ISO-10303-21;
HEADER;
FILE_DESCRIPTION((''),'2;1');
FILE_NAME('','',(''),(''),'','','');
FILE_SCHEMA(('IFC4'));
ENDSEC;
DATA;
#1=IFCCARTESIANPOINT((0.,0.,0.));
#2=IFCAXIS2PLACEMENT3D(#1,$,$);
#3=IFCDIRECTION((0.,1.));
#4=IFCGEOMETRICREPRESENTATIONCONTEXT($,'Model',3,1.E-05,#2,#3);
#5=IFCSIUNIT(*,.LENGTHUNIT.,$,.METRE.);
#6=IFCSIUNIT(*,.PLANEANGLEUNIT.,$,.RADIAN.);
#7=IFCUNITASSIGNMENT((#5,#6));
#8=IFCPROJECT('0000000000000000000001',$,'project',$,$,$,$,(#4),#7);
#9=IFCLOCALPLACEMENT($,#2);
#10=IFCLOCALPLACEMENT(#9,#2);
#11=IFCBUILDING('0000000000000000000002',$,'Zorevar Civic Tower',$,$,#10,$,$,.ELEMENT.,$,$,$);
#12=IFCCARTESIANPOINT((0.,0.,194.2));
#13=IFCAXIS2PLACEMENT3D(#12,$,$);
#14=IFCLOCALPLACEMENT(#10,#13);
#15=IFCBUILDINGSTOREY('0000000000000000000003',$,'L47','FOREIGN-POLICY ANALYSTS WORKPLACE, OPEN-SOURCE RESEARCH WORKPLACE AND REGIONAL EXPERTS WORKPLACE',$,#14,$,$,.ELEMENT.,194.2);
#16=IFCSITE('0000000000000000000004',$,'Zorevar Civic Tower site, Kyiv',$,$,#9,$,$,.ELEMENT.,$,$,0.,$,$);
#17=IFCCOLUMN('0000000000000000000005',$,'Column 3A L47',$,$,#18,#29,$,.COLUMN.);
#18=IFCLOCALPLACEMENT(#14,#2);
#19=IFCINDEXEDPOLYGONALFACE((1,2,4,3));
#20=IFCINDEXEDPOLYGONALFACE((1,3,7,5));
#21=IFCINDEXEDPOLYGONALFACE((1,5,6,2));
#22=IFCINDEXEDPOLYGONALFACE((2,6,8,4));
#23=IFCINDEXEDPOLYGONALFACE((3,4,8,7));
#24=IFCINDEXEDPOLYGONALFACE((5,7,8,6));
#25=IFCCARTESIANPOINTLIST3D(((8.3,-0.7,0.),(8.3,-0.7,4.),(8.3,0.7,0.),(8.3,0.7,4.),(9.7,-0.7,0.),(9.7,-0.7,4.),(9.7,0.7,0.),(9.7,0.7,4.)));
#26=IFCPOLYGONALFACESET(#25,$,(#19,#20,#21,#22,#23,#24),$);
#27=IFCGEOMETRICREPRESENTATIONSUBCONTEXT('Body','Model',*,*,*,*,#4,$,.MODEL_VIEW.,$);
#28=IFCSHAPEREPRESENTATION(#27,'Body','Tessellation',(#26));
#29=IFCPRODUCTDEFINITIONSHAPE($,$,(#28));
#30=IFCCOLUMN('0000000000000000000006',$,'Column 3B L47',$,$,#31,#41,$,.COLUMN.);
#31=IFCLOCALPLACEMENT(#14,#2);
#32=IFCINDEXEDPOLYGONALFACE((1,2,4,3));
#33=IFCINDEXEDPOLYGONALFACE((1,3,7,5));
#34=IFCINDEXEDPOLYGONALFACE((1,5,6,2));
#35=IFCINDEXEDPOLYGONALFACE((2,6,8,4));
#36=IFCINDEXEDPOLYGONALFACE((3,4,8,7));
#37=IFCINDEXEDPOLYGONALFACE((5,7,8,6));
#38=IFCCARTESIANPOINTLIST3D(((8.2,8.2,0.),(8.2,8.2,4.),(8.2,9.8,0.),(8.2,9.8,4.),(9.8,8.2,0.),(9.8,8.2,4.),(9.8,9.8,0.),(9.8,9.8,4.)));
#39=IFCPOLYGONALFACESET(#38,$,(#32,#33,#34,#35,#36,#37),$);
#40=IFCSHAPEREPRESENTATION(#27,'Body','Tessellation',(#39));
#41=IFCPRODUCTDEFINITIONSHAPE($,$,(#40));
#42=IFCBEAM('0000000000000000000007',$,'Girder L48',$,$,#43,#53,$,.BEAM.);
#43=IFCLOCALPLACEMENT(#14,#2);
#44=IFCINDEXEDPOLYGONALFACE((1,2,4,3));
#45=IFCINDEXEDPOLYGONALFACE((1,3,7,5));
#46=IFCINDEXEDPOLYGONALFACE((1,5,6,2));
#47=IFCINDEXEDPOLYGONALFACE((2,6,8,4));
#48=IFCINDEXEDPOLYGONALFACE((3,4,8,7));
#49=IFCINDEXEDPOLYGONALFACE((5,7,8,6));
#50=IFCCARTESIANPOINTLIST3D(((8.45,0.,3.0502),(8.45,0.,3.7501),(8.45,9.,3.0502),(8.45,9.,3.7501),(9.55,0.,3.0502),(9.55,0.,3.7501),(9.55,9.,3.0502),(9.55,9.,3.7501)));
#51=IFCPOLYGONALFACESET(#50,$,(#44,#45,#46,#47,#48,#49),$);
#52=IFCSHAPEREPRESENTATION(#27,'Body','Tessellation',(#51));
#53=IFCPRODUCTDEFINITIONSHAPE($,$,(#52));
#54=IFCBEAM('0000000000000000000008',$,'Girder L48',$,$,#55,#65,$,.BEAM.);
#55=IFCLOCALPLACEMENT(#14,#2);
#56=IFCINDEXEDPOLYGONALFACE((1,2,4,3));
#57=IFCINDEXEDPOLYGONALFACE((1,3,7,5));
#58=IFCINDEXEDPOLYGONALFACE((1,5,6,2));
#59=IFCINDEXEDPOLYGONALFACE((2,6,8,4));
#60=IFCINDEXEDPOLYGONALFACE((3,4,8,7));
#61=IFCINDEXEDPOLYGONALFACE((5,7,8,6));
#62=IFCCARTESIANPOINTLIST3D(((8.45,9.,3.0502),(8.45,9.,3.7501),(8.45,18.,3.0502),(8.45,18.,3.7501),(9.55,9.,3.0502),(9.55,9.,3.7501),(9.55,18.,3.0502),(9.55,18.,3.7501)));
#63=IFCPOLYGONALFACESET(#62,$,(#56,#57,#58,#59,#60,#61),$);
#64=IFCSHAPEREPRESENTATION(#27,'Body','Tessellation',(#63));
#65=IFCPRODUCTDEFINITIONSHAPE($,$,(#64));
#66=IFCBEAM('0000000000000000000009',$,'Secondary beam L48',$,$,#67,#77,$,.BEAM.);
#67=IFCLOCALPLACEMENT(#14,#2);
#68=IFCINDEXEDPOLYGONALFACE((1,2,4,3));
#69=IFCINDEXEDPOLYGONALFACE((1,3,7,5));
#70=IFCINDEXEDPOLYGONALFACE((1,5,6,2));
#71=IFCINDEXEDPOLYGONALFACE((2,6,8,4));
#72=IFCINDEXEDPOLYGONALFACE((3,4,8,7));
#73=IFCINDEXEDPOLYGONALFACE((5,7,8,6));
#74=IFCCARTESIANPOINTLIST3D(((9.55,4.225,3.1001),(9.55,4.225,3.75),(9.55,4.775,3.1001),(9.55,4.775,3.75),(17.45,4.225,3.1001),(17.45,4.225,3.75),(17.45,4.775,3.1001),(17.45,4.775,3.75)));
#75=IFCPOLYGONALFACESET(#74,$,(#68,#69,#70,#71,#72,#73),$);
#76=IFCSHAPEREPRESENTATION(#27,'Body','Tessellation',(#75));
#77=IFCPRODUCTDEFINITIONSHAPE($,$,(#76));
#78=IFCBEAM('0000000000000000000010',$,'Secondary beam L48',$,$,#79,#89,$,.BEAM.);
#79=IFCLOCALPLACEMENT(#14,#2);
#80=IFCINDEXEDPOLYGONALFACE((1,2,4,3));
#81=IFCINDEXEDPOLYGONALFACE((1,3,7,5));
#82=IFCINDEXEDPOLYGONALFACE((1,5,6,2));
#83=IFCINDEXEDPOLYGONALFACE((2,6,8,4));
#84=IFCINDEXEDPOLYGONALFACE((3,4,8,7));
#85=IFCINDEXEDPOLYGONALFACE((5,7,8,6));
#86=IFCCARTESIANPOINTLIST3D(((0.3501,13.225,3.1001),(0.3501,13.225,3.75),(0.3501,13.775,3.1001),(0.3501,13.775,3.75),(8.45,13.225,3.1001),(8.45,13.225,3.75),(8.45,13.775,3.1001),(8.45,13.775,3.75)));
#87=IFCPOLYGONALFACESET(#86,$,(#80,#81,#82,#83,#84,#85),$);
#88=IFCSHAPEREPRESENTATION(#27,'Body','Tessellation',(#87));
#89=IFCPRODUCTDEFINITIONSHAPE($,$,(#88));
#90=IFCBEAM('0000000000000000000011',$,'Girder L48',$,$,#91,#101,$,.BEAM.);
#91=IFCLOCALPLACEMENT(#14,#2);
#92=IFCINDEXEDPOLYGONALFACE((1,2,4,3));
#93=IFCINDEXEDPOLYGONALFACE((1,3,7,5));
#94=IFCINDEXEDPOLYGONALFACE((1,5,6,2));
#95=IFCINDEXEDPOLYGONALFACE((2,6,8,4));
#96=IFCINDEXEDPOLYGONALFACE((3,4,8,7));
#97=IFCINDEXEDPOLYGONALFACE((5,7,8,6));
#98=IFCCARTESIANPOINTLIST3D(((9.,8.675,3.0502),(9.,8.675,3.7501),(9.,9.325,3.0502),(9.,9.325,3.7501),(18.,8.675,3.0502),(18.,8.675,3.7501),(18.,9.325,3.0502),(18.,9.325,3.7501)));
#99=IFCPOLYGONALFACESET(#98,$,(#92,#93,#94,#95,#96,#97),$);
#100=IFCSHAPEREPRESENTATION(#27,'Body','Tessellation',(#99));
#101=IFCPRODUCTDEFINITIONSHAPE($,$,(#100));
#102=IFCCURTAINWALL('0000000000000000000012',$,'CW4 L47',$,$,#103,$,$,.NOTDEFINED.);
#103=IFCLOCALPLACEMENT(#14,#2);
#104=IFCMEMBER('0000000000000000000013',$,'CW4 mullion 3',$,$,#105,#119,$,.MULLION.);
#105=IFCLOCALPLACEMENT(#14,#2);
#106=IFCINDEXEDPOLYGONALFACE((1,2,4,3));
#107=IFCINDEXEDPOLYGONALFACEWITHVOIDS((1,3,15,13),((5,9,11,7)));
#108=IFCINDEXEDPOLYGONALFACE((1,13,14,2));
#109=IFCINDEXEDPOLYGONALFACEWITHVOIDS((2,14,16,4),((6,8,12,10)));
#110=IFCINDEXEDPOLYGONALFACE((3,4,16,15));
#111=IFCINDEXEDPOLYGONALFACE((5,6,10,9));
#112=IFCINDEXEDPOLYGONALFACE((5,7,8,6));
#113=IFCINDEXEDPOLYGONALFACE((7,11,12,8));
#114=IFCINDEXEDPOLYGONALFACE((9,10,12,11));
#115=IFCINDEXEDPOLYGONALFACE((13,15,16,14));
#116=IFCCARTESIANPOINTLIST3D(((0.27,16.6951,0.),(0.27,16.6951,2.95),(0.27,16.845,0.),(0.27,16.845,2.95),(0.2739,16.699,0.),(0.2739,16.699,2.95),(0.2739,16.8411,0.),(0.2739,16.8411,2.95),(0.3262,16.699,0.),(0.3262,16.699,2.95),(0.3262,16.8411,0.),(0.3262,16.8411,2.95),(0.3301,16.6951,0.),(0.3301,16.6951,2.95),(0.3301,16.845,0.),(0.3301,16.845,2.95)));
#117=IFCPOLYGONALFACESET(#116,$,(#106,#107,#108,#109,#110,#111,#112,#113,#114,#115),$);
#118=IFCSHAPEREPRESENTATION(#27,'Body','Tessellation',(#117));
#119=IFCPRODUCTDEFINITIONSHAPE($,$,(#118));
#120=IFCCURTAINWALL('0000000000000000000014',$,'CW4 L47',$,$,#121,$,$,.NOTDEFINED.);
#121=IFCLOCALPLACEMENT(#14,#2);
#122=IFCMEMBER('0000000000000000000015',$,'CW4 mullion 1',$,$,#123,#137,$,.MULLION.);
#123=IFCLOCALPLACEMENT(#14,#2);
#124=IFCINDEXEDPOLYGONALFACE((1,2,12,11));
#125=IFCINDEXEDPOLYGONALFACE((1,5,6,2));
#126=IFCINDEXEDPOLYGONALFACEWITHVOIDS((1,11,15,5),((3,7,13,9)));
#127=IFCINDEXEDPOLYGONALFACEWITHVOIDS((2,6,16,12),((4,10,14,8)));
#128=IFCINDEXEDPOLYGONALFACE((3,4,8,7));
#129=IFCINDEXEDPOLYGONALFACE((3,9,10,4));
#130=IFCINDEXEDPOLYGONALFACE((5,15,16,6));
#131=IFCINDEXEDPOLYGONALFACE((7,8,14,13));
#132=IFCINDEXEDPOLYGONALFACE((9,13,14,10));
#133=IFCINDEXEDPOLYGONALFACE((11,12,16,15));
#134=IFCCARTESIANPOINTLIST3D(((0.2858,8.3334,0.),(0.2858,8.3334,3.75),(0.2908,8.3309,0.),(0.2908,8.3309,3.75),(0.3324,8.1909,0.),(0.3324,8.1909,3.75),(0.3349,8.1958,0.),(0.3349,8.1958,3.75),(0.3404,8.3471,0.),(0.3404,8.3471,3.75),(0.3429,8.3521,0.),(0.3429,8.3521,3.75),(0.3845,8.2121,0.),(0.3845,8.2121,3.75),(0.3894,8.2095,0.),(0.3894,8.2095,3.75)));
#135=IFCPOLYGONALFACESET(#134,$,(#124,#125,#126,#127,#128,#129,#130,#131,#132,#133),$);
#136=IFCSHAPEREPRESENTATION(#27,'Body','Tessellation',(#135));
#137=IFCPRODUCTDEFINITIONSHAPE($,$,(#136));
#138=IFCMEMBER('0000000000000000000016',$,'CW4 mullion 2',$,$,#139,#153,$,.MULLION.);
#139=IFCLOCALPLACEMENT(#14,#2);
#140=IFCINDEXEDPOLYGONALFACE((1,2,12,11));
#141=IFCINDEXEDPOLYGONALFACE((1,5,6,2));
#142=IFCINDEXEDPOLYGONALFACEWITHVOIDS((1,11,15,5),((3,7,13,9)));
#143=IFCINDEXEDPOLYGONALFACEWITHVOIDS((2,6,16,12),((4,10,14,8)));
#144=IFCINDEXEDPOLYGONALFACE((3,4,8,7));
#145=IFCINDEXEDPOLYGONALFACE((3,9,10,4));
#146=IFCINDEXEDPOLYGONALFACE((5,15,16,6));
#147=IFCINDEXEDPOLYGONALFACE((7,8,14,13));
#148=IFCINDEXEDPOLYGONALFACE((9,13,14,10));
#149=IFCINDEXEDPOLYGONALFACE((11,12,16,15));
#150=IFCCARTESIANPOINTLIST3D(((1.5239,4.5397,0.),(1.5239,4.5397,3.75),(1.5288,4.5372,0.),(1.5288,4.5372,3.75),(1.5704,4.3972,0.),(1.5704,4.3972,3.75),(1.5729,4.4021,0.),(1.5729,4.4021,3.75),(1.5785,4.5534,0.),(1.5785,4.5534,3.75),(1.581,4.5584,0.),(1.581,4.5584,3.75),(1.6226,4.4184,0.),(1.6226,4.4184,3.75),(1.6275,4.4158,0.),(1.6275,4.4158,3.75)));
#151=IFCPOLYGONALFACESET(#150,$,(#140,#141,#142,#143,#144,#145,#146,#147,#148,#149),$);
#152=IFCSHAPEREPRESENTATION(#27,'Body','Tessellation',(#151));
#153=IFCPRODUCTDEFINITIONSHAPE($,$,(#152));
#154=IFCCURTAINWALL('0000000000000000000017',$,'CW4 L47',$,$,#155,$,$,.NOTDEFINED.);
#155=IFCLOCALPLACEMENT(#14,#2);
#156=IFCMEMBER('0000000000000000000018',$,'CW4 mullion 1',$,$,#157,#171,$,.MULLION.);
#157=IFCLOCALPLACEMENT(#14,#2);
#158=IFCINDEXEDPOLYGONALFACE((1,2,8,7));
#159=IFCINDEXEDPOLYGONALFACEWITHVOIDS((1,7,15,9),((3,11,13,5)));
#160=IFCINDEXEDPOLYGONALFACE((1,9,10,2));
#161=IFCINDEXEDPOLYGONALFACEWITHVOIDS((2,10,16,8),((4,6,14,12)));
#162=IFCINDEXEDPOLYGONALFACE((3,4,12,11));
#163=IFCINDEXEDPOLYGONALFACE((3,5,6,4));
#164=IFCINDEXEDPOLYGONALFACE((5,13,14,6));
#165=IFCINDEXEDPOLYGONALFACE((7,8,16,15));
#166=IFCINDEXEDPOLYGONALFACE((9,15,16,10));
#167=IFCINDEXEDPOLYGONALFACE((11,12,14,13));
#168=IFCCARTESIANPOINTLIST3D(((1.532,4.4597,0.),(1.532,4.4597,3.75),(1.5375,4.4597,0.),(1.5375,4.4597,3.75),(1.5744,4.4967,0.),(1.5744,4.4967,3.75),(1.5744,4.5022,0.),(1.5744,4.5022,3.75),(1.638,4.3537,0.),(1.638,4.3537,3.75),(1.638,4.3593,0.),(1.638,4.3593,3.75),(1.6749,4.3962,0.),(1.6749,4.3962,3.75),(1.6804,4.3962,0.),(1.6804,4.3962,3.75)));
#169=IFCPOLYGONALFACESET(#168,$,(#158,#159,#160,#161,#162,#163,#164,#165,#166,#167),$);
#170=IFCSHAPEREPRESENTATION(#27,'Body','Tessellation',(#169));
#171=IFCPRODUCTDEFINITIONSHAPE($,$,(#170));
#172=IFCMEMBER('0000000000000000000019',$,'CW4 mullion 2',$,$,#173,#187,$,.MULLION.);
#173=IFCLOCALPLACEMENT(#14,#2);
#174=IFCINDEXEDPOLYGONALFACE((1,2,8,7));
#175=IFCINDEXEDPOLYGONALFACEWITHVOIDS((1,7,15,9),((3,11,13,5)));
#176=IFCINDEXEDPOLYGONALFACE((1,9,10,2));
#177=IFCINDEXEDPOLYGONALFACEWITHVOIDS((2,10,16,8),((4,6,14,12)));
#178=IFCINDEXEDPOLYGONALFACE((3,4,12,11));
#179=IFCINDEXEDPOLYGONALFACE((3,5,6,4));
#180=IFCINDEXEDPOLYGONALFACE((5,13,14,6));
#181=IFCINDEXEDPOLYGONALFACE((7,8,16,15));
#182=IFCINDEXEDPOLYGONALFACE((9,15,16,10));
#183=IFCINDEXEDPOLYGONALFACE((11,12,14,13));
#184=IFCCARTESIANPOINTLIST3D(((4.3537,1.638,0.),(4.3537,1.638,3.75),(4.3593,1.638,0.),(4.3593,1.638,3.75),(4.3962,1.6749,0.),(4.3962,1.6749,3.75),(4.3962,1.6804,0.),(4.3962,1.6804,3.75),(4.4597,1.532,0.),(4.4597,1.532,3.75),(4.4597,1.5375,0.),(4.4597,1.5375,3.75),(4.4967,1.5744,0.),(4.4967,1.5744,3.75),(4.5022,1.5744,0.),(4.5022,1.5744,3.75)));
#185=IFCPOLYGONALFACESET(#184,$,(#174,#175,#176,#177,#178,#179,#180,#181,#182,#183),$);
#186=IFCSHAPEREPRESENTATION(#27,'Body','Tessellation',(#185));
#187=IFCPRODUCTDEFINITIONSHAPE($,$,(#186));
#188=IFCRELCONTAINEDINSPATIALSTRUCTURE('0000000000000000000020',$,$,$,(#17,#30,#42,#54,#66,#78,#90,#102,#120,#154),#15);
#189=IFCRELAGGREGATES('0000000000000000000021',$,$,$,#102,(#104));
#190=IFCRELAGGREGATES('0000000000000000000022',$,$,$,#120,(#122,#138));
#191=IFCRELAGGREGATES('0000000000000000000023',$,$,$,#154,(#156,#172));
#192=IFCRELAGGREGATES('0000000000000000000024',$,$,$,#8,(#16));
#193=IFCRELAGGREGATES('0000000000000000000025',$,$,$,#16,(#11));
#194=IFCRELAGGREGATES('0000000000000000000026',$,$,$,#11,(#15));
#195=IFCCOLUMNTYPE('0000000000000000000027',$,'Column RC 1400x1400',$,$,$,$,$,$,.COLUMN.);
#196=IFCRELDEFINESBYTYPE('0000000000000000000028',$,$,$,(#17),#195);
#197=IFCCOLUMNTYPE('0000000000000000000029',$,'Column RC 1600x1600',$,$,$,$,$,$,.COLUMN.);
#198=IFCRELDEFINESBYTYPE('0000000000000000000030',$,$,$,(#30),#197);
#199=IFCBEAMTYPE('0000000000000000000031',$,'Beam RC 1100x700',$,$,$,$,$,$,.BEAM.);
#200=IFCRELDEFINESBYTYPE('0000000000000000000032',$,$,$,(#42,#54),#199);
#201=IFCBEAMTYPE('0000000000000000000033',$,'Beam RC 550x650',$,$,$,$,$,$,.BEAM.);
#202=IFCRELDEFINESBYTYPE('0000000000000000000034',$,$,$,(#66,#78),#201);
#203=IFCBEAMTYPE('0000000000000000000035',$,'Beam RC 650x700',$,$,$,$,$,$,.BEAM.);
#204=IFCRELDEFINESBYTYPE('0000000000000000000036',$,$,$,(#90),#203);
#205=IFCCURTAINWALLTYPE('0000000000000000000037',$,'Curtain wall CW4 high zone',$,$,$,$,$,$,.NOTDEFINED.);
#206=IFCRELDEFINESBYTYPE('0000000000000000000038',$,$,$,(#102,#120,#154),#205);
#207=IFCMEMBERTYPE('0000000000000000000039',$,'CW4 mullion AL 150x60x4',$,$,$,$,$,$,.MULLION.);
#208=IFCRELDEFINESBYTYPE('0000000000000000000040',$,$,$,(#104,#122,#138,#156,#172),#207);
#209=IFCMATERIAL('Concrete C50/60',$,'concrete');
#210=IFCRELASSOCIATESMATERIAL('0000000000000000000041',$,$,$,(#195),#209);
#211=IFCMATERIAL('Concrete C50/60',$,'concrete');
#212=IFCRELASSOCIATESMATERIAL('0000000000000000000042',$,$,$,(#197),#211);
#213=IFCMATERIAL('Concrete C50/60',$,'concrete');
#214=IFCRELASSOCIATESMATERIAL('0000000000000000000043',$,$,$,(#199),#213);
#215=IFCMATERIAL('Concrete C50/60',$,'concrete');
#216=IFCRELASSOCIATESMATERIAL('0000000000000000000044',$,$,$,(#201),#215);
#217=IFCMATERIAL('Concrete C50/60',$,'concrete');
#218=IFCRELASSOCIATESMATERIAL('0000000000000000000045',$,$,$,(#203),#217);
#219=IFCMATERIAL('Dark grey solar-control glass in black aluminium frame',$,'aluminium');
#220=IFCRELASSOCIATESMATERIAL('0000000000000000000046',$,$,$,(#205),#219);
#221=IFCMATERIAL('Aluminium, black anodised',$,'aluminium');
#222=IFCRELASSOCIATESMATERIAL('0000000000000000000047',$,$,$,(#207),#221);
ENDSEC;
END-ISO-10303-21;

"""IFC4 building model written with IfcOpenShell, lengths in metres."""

from ifc_helpers import new_model, si_unit, direction, frame, origin, origin_2d, place, context, subcontext, project, spatial, rectangle, hollow_rectangle, extrude, material, material_profile, profile_set, type_object, element, aggregate, save


model = new_model("IFC4")

# Units and contexts
model_context = context("Model", 3, precision=1e-05, world=origin(), true_north=direction((0.0, 1.0)))
body_context = subcontext(model_context, "Body", "Model", "MODEL_VIEW")
ifc_project = project(units=[si_unit("LENGTHUNIT", "METRE"), si_unit("PLANEANGLEUNIT", "RADIAN")], contexts=[model_context])

# Site, building, storey
site_placement = place(None, origin())
site = spatial("IfcSite", under=ifc_project, at=site_placement, Name="Zorevar Civic Tower site, Kyiv", CompositionType="ELEMENT", RefElevation=0.0)
building_placement = place(site_placement, origin())
building = spatial("IfcBuilding", under=site, at=building_placement, Name="Zorevar Civic Tower", CompositionType="ELEMENT")
storey_placement = place(building_placement, frame((0.0, 0.0, 194.2)))
storey = spatial("IfcBuildingStorey", under=building, at=storey_placement, Name="L47", Description="FOREIGN-POLICY ANALYSTS WORKPLACE, OPEN-SOURCE RESEARCH WORKPLACE AND REGIONAL EXPERTS WORKPLACE", CompositionType="ELEMENT", Elevation=194.2)

# Columns
ifc_material_1 = material(Name="Concrete C50/60", Category="concrete")
ifc_material_profile_1 = material_profile(ifc_material_1, rectangle(XDim=1.3999, YDim=1.3999, at=origin_2d()), Name="RC 1400x1400")
ifc_profile_set_1 = profile_set([ifc_material_profile_1], Name="Concrete C50/60")
column_type_1 = type_object("IfcColumnType", Name="Column RC 1400x1400", PredefinedType="COLUMN", material=ifc_profile_set_1)
column_1_placement = place(storey_placement, frame((9.0, 0.0, 0.0), z_axis=(0.0, 0.0, 1.0), x_axis=(1.0, 0.0, 0.0)))
element("IfcColumn", 1, at=column_1_placement, inside=storey, type_object=column_type_1, Name="Column 3A L47", PredefinedType="COLUMN", context=body_context, shape_type="SweptSolid", body=[
    extrude(rectangle(XDim=1.3999, YDim=1.3999, at=origin_2d()), origin(), (0.0, 0.0, 1.0), 4.0),
])
ifc_material_2 = material(Name="Concrete C50/60", Category="concrete")
ifc_material_profile_2 = material_profile(ifc_material_2, rectangle(XDim=1.6001, YDim=1.6001, at=origin_2d()), Name="RC 1600x1600")
ifc_profile_set_2 = profile_set([ifc_material_profile_2], Name="Concrete C50/60")
column_type_2 = type_object("IfcColumnType", Name="Column RC 1600x1600", PredefinedType="COLUMN", material=ifc_profile_set_2)
column_2_placement = place(storey_placement, frame((9.0, 9.0, 0.0), z_axis=(0.0, 0.0, 1.0), x_axis=(1.0, 0.0, 0.0)))
element("IfcColumn", 2, at=column_2_placement, inside=storey, type_object=column_type_2, Name="Column 3B L47", PredefinedType="COLUMN", context=body_context, shape_type="SweptSolid", body=[
    extrude(rectangle(XDim=1.6001, YDim=1.6001, at=origin_2d()), origin(), (0.0, 0.0, 1.0), 4.0),
])

# Beams
ifc_material_3 = material(Name="Concrete C50/60", Category="concrete")
ifc_material_profile_3 = material_profile(ifc_material_3, rectangle(XDim=1.1001, YDim=0.7, at=origin_2d()), Name="RC 1100x700")
ifc_profile_set_3 = profile_set([ifc_material_profile_3], Name="Concrete C50/60")
beam_type_1 = type_object("IfcBeamType", Name="Beam RC 1100x700", PredefinedType="BEAM", material=ifc_profile_set_3)
for number, where, z_axis, x_axis, name in (
    (3, (9.0, 0.0, 3.4001), (0.0, 1.0, 0.0), (-1.0, 0.0, 0.0), "Girder L48"),
    (4, (9.0, 9.0, 3.4001), (0.0, 1.0, 0.0), (-1.0, 0.0, 0.0), "Girder L48"),
):
    element("IfcBeam", number, at=place(storey_placement, frame(where, z_axis=z_axis, x_axis=x_axis)), inside=storey, type_object=beam_type_1, Name=name, PredefinedType="BEAM", context=body_context, shape_type="SweptSolid", body=[
        extrude(rectangle(XDim=1.1001, YDim=0.7, at=origin_2d()), origin(), (0.0, 0.0, 1.0), 9.0),
    ])
ifc_material_4 = material(Name="Concrete C50/60", Category="concrete")
ifc_material_profile_4 = material_profile(ifc_material_4, rectangle(XDim=0.55, YDim=0.6499, at=origin_2d()), Name="RC 550x650")
ifc_profile_set_4 = profile_set([ifc_material_profile_4], Name="Concrete C50/60")
beam_type_2 = type_object("IfcBeamType", Name="Beam RC 550x650", PredefinedType="BEAM", material=ifc_profile_set_4)
beam_1_placement = place(storey_placement, frame((9.55, 4.5, 3.425), z_axis=(1.0, 0.0, 0.0), x_axis=(0.0, 1.0, 0.0)))
element("IfcBeam", 5, at=beam_1_placement, inside=storey, type_object=beam_type_2, Name="Secondary beam L48", PredefinedType="BEAM", context=body_context, shape_type="SweptSolid", body=[
    extrude(rectangle(XDim=0.55, YDim=0.6499, at=origin_2d()), origin(), (0.0, 0.0, 1.0), 7.8999),
])
beam_2_placement = place(storey_placement, frame((0.3501, 13.5, 3.425), z_axis=(1.0, 0.0, 0.0), x_axis=(0.0, 1.0, 0.0)))
element("IfcBeam", 6, at=beam_2_placement, inside=storey, type_object=beam_type_2, Name="Secondary beam L48", PredefinedType="BEAM", context=body_context, shape_type="SweptSolid", body=[
    extrude(rectangle(XDim=0.55, YDim=0.6499, at=origin_2d()), origin(), (0.0, 0.0, 1.0), 8.0999),
])
ifc_material_5 = material(Name="Concrete C50/60", Category="concrete")
ifc_material_profile_5 = material_profile(ifc_material_5, rectangle(XDim=0.6499, YDim=0.7, at=origin_2d()), Name="RC 650x700")
ifc_profile_set_5 = profile_set([ifc_material_profile_5], Name="Concrete C50/60")
beam_type_3 = type_object("IfcBeamType", Name="Beam RC 650x700", PredefinedType="BEAM", material=ifc_profile_set_5)
beam_3_placement = place(storey_placement, frame((9.0, 9.0, 3.4001), z_axis=(1.0, 0.0, 0.0), x_axis=(0.0, 1.0, 0.0)))
element("IfcBeam", 7, at=beam_3_placement, inside=storey, type_object=beam_type_3, Name="Girder L48", PredefinedType="BEAM", context=body_context, shape_type="SweptSolid", body=[
    extrude(rectangle(XDim=0.6499, YDim=0.7, at=origin_2d()), origin(), (0.0, 0.0, 1.0), 9.0),
])

# Curtain wall, member
ifc_material_6 = material(Name="Dark grey solar-control glass in black aluminium frame", Category="aluminium")
curtain_wall_type = type_object("IfcCurtainWallType", Name="Curtain wall CW4 high zone", PredefinedType="NOTDEFINED", material=ifc_material_6)
curtain_wall_1_placement = place(storey_placement, origin())
curtain_wall_1 = element("IfcCurtainWall", 8, at=curtain_wall_1_placement, inside=storey, type_object=curtain_wall_type, Name="CW4 L47", PredefinedType="NOTDEFINED")
ifc_material_7 = material(Name="Aluminium, black anodised", Category="aluminium")
ifc_material_profile_6 = material_profile(ifc_material_7, hollow_rectangle(XDim=0.0601, YDim=0.1499, WallThickness=0.0039, at=origin_2d()), Name="AL 150x60x4")
ifc_profile_set_6 = profile_set([ifc_material_profile_6], Name="Aluminium, black anodised")
member_type_1 = type_object("IfcMemberType", Name="CW4 mullion AL 150x60x4", PredefinedType="MULLION", material=ifc_profile_set_6)
member_1_placement = place(storey_placement, frame((0.3, 16.77, 0.0), z_axis=(0.0, 0.0, 1.0), x_axis=(-1.0, 0.0, 0.0)))
member_1 = element("IfcMember", 9, at=member_1_placement, type_object=member_type_1, Name="CW4 mullion 3", PredefinedType="MULLION", context=body_context, shape_type="SweptSolid", body=[
    extrude(hollow_rectangle(XDim=0.0601, YDim=0.1499, WallThickness=0.0039, at=origin_2d()), origin(), (0.0, 0.0, 1.0), 2.95),
])

# Curtain walls, members
curtain_wall_2_placement = place(storey_placement, origin())
curtain_wall_2 = element("IfcCurtainWall", 10, at=curtain_wall_2_placement, inside=storey, type_object=curtain_wall_type, Name="CW4 L47", PredefinedType="NOTDEFINED")
member_2_placement = place(storey_placement, frame((0.3376, 8.2715, 0.0), z_axis=(0.0, 0.0, 1.0), x_axis=(0.950645, 0.310281, 0.0)))
member_2 = element("IfcMember", 11, at=member_2_placement, type_object=member_type_1, Name="CW4 mullion 1", PredefinedType="MULLION", context=body_context, shape_type="SweptSolid", body=[
    extrude(hollow_rectangle(XDim=0.0601, YDim=0.1499, WallThickness=0.0039, at=origin_2d()), origin(), (0.0, 0.0, 1.0), 3.75),
])
member_3_placement = place(storey_placement, frame((1.5757, 4.4778, 0.0), z_axis=(0.0, 0.0, 1.0), x_axis=(0.950645, 0.310281, 0.0)))
member_3 = element("IfcMember", 12, at=member_3_placement, type_object=member_type_1, Name="CW4 mullion 2", PredefinedType="MULLION", context=body_context, shape_type="SweptSolid", body=[
    extrude(hollow_rectangle(XDim=0.0601, YDim=0.1499, WallThickness=0.0039, at=origin_2d()), origin(), (0.0, 0.0, 1.0), 3.75),
])
curtain_wall_3_placement = place(storey_placement, origin())
curtain_wall_3 = element("IfcCurtainWall", 13, at=curtain_wall_3_placement, inside=storey, type_object=curtain_wall_type, Name="CW4 L47", PredefinedType="NOTDEFINED")
member_4_placement = place(storey_placement, frame((1.6062, 4.428, 0.0), z_axis=(0.0, 0.0, 1.0), x_axis=(0.707107, 0.707107, 0.0)))
member_4 = element("IfcMember", 14, at=member_4_placement, type_object=member_type_1, Name="CW4 mullion 1", PredefinedType="MULLION", context=body_context, shape_type="SweptSolid", body=[
    extrude(hollow_rectangle(XDim=0.0601, YDim=0.1499, WallThickness=0.0039, at=origin_2d()), origin(), (0.0, 0.0, 1.0), 3.75),
])
member_5_placement = place(storey_placement, frame((4.428, 1.6062, 0.0), z_axis=(0.0, 0.0, 1.0), x_axis=(0.707107, 0.707107, 0.0)))
member_5 = element("IfcMember", 15, at=member_5_placement, type_object=member_type_1, Name="CW4 mullion 2", PredefinedType="MULLION", context=body_context, shape_type="SweptSolid", body=[
    extrude(hollow_rectangle(XDim=0.0601, YDim=0.1499, WallThickness=0.0039, at=origin_2d()), origin(), (0.0, 0.0, 1.0), 3.75),
])

aggregate(curtain_wall_1, [member_1])
aggregate(curtain_wall_2, [member_2, member_3])
aggregate(curtain_wall_3, [member_4, member_5])

save(model, "model.ifc")
